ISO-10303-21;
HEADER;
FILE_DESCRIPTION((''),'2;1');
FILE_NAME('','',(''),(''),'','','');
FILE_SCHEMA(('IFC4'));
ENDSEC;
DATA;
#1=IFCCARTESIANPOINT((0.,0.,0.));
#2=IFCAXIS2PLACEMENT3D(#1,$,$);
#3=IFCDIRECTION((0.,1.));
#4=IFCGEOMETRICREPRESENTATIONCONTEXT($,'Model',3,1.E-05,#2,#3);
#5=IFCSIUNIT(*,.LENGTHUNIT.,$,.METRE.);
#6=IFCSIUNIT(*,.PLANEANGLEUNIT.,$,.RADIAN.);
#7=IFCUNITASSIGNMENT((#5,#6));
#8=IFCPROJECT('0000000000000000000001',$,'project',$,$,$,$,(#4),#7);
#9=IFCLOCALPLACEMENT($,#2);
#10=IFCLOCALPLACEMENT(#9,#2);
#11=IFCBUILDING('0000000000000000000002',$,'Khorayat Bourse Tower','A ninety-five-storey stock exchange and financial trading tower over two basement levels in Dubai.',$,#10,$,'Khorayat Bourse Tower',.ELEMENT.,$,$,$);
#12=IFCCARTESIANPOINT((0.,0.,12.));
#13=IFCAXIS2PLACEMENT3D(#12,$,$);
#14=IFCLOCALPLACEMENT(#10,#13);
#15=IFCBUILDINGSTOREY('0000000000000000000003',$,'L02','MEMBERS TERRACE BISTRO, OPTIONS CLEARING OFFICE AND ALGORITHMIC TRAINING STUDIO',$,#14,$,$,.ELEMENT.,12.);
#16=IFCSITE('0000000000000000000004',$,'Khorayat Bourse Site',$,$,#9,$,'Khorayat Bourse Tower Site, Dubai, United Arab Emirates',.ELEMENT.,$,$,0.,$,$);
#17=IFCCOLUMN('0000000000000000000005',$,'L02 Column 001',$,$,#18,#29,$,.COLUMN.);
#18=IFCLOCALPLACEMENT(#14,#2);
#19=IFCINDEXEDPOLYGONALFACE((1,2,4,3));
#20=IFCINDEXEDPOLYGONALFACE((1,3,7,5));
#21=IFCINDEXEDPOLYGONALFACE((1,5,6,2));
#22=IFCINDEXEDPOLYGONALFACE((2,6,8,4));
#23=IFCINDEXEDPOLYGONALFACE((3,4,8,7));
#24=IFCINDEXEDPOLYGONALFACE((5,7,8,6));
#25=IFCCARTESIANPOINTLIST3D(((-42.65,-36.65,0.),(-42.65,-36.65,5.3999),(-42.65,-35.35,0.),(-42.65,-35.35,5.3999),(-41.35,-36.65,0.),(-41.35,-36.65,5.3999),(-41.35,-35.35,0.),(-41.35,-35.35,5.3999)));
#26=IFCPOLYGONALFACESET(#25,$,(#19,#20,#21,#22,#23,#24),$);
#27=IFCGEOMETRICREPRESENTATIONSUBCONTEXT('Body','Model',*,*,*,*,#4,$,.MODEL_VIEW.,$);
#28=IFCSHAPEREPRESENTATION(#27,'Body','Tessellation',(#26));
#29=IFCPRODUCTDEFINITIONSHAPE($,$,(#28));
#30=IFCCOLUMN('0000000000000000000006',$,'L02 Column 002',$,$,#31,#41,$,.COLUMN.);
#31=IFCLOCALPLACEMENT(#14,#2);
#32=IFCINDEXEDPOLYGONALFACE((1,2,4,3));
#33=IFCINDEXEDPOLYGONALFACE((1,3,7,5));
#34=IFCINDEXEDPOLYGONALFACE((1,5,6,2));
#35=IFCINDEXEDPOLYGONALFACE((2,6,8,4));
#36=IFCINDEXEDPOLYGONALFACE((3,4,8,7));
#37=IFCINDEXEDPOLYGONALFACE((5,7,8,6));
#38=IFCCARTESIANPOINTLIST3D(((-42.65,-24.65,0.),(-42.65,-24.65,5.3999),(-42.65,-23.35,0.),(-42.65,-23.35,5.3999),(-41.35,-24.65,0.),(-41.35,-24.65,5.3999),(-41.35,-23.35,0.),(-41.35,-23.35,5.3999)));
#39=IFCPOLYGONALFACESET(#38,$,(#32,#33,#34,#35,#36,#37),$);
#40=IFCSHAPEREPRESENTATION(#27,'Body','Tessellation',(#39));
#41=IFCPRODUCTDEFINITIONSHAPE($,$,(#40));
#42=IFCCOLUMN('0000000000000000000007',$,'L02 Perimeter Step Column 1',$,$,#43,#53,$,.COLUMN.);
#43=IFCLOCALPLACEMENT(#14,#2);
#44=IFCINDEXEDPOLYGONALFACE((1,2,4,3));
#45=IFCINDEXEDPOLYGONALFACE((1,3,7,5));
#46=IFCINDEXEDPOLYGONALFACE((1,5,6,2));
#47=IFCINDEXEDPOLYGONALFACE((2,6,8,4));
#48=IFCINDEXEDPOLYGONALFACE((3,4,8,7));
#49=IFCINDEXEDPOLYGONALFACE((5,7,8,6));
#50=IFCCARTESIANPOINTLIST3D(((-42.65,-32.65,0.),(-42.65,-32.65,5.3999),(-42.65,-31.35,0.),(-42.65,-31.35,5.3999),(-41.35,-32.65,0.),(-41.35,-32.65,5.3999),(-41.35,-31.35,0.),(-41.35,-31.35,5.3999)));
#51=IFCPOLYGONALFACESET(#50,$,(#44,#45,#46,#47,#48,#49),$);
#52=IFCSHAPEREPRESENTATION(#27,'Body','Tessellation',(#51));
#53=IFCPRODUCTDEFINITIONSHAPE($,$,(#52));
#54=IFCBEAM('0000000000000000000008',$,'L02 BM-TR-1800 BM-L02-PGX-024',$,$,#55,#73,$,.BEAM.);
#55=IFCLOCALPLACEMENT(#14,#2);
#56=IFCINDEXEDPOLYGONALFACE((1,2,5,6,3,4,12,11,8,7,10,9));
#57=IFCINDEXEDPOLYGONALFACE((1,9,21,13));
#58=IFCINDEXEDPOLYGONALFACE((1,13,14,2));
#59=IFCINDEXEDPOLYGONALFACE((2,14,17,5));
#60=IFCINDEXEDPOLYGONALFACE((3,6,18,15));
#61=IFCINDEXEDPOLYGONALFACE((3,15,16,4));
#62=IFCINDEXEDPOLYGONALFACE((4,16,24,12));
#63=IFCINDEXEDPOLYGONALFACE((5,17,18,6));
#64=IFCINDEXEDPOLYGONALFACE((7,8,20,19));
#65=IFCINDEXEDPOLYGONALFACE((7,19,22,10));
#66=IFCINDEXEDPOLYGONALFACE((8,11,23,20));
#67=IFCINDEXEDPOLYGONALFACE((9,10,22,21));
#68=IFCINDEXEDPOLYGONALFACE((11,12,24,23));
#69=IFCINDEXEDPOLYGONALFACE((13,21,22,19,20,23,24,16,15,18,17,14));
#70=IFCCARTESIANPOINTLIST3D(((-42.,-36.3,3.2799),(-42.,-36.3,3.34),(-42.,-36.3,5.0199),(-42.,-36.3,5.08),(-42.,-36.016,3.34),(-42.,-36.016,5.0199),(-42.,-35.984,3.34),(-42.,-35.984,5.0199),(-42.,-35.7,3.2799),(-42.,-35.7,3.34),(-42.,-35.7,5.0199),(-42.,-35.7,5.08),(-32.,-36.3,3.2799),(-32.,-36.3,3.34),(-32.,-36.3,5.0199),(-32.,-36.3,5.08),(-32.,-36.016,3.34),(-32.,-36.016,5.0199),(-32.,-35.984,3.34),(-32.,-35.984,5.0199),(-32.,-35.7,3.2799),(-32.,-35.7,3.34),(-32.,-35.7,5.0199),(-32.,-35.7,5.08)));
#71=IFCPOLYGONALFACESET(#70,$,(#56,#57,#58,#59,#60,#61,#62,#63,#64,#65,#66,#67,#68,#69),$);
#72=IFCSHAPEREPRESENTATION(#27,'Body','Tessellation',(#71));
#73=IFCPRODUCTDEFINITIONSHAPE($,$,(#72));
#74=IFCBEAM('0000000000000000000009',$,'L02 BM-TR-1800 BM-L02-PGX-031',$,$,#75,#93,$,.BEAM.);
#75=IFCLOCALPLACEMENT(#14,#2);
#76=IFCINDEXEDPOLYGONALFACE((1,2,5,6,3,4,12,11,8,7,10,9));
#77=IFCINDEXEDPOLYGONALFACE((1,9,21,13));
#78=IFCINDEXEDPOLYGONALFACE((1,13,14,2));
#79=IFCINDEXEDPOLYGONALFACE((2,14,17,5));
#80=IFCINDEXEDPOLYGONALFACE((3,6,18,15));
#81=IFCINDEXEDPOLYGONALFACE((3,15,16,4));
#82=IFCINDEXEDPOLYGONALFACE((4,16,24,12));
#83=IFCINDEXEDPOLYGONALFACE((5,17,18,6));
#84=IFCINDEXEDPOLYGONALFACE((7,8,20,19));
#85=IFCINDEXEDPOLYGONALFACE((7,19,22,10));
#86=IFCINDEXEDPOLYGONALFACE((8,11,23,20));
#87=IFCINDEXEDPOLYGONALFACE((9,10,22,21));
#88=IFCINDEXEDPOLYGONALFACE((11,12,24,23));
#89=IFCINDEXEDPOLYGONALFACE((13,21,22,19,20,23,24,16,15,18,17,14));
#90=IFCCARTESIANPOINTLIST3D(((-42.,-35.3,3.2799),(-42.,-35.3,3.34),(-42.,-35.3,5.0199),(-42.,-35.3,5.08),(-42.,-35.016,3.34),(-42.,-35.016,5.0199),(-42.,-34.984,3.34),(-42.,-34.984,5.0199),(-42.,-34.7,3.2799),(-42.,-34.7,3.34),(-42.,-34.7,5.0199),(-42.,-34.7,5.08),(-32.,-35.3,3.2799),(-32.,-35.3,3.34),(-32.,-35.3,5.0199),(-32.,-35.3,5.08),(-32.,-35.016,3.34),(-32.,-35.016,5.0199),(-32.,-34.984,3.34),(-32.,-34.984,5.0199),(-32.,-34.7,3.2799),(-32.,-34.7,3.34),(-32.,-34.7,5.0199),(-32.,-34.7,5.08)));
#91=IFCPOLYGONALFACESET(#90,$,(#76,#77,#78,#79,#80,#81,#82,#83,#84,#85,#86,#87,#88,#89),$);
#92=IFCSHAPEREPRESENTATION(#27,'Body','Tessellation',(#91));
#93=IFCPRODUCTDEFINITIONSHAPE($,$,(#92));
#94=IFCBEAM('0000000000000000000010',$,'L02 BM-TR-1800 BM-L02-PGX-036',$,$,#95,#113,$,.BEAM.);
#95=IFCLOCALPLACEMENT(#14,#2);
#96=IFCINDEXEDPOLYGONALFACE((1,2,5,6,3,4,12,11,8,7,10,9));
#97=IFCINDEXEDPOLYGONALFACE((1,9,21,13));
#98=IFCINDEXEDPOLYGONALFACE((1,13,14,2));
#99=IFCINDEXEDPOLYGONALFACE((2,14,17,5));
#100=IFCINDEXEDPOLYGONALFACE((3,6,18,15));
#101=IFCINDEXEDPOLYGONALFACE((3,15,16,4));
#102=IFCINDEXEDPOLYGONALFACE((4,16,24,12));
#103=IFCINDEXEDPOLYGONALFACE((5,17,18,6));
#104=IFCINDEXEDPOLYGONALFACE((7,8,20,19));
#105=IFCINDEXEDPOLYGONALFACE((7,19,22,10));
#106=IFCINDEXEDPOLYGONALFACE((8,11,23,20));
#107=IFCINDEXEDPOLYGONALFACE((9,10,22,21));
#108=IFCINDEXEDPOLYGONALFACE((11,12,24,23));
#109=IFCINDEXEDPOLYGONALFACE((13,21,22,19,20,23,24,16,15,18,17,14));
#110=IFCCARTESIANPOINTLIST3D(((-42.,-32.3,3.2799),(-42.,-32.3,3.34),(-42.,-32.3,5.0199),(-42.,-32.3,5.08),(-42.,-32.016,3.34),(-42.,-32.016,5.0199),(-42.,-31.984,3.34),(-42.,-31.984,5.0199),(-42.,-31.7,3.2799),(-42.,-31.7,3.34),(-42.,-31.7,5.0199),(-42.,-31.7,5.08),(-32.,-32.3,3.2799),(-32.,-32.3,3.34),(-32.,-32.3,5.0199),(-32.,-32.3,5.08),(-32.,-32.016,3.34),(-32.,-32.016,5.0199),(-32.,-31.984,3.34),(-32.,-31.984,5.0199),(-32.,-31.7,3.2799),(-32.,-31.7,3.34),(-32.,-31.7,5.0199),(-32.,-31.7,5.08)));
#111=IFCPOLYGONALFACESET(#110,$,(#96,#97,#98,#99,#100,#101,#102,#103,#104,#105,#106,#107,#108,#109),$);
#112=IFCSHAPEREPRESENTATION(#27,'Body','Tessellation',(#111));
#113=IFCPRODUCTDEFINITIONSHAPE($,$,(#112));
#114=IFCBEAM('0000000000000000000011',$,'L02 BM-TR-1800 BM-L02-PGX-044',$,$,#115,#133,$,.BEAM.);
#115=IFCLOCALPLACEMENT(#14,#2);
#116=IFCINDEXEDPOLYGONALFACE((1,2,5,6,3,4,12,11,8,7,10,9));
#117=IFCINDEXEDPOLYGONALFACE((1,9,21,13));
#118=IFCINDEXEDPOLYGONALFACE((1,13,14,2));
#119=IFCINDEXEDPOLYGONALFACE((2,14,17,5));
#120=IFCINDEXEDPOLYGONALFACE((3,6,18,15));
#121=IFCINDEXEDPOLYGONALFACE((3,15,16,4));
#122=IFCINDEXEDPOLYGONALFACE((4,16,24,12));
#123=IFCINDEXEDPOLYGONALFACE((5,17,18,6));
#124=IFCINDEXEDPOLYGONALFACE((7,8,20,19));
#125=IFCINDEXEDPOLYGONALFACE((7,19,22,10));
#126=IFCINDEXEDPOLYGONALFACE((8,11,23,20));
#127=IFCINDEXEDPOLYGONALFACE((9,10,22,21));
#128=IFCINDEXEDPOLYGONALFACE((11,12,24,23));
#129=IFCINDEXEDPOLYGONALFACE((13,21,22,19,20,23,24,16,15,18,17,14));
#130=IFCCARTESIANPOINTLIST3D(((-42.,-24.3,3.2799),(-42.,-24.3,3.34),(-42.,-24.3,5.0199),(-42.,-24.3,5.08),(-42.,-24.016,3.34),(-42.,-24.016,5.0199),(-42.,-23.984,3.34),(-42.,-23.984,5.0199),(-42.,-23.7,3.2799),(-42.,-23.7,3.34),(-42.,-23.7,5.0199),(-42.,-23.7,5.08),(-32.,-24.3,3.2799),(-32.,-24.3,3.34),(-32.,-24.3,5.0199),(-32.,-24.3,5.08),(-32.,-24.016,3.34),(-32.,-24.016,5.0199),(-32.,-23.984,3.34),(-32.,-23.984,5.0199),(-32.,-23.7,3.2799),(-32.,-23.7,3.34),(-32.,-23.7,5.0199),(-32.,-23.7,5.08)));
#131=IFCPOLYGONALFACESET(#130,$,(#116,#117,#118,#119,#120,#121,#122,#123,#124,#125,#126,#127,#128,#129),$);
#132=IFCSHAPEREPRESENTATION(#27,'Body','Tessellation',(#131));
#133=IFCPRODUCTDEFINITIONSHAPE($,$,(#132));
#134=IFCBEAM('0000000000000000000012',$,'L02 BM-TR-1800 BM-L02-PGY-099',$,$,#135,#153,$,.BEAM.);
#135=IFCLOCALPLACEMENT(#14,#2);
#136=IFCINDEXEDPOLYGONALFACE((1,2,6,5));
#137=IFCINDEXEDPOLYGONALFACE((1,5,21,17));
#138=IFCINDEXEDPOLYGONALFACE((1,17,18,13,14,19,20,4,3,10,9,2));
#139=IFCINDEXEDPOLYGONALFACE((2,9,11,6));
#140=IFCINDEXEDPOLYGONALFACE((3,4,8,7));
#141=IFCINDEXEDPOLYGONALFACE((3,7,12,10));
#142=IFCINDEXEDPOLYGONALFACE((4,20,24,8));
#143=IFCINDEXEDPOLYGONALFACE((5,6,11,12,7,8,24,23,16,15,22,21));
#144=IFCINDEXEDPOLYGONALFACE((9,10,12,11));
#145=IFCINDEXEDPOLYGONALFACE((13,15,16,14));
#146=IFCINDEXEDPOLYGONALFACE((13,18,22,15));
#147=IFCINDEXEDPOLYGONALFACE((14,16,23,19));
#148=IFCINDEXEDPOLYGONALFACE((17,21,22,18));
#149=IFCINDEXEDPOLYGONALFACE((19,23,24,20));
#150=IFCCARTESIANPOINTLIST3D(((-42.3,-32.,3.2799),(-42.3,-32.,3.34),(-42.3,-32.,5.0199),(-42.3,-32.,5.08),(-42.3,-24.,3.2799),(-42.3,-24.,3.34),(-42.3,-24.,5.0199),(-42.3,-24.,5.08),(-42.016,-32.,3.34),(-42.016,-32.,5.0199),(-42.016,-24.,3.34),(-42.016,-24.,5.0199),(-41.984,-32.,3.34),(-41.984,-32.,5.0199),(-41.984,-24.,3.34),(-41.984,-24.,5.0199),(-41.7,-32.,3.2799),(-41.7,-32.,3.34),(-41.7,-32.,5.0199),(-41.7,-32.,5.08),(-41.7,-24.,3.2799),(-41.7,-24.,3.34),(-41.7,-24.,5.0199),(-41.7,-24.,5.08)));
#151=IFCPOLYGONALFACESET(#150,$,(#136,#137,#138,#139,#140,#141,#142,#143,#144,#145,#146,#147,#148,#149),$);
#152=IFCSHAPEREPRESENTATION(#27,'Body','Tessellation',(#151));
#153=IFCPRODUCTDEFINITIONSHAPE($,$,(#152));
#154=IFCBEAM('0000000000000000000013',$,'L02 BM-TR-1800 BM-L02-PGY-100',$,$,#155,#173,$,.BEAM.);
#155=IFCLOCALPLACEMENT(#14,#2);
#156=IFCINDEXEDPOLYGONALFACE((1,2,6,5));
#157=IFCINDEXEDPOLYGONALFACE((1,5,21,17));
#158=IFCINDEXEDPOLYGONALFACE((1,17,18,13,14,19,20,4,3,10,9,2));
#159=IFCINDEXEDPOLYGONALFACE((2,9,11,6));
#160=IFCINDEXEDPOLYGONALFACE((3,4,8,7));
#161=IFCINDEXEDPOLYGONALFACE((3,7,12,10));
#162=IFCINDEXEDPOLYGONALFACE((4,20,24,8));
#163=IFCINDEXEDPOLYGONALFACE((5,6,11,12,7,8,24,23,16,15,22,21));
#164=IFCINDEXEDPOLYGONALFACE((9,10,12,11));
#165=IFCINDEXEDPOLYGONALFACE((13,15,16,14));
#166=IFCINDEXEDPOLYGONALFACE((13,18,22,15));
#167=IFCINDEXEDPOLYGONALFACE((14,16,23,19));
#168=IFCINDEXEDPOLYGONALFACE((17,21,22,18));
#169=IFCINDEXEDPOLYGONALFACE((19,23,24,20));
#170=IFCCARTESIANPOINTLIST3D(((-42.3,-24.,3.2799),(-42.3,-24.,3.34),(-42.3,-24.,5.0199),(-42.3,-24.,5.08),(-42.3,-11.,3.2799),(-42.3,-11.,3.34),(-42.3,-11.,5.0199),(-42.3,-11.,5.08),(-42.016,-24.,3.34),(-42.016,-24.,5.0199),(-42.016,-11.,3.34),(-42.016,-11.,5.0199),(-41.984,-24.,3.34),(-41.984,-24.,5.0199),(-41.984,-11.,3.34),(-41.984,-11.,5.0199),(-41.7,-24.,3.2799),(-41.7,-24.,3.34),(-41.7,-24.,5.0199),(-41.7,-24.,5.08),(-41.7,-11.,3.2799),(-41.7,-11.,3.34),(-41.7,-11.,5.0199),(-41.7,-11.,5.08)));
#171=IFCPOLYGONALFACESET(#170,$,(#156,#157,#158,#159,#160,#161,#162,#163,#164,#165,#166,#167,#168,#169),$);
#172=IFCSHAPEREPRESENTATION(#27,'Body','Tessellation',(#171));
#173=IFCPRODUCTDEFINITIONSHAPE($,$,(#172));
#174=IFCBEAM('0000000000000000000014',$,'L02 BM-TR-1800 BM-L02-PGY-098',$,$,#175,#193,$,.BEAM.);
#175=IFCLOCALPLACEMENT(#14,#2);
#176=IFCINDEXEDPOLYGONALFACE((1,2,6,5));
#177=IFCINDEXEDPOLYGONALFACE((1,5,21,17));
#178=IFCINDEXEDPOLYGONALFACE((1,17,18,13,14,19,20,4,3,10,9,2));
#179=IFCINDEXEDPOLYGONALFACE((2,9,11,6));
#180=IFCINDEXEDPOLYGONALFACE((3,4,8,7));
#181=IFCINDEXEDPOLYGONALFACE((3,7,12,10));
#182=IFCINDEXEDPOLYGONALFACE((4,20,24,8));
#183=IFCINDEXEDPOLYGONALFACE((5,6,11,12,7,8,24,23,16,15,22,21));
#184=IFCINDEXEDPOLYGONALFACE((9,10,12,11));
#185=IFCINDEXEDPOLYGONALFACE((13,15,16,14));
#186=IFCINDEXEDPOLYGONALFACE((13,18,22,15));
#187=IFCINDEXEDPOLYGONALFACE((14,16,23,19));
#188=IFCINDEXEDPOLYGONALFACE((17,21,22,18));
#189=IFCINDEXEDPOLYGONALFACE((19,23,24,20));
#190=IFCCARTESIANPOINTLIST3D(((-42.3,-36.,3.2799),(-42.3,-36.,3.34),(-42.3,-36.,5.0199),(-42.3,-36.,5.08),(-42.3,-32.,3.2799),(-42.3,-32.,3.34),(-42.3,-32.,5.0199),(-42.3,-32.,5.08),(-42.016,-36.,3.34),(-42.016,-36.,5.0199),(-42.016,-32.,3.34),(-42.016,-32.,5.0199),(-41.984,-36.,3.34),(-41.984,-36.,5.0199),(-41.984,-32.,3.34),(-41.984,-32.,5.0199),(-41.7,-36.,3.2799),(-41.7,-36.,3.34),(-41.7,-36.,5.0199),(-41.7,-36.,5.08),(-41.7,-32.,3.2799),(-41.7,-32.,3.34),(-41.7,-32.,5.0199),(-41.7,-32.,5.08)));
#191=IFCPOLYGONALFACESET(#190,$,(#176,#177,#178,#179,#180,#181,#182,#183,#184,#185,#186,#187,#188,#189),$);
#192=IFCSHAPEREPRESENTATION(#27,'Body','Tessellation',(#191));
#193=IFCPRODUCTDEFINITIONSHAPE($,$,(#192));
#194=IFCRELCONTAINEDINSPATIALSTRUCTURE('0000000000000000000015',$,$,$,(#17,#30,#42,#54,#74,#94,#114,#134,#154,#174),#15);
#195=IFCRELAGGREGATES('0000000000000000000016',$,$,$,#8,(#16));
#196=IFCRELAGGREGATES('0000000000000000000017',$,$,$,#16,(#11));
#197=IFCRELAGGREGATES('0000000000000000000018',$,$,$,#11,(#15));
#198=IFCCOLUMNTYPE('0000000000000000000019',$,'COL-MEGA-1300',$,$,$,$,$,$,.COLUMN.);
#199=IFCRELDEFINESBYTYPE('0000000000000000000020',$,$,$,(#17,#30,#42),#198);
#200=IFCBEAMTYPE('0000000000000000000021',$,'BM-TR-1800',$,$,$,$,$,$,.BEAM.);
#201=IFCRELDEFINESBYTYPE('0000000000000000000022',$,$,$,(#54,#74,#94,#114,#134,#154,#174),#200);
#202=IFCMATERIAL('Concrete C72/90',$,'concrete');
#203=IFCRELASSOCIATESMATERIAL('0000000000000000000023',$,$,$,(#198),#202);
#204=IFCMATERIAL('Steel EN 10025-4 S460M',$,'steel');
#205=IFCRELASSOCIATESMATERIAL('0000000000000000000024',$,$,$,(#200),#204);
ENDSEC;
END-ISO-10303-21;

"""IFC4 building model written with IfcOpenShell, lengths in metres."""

from ifc_helpers import new_model, si_unit, direction, frame, origin, origin_2d, place, context, subcontext, project, spatial, rectangle, i_section, extrude, source, transform, mapped, material, material_profile, profile_set, type_object, element, save


model = new_model("IFC4")

# Units and contexts
model_context = context("Model", 3, precision=1e-05, world=origin(), true_north=direction((0.0, 1.0)))
body_context = subcontext(model_context, "Body", "Model", "MODEL_VIEW")
ifc_project = project(units=[si_unit("LENGTHUNIT", "METRE"), si_unit("PLANEANGLEUNIT", "RADIAN")], contexts=[model_context])

# Site, building, storey
site_placement = place(None, origin())
site = spatial("IfcSite", under=ifc_project, at=site_placement, Name="Khorayat Bourse Site", LongName="Khorayat Bourse Tower Site, Dubai, United Arab Emirates", CompositionType="ELEMENT", RefElevation=0.0)
building_placement = place(site_placement, origin())
building = spatial("IfcBuilding", under=site, at=building_placement, Name="Khorayat Bourse Tower", Description="A ninety-five-storey stock exchange and financial trading tower over two basement levels in Dubai.", LongName="Khorayat Bourse Tower", CompositionType="ELEMENT")
storey_placement = place(building_placement, frame((0.0, 0.0, 12.0)))
storey = spatial("IfcBuildingStorey", under=building, at=storey_placement, Name="L02", Description="MEMBERS TERRACE BISTRO, OPTIONS CLEARING OFFICE AND ALGORITHMIC TRAINING STUDIO", CompositionType="ELEMENT", Elevation=12.0)

# Columns
ifc_material_1 = material(Name="Concrete C72/90", Category="concrete")
ifc_material_profile_1 = material_profile(ifc_material_1, rectangle(XDim=1.3, YDim=1.3, at=origin_2d()), Name="RC 1300x1300")
ifc_profile_set_1 = profile_set([ifc_material_profile_1], Name="Concrete C72/90")
column_type = type_object("IfcColumnType", Name="COL-MEGA-1300", PredefinedType="COLUMN", material=ifc_profile_set_1)
shared_shape_1 = source(origin(), body_context, "Body", "SweptSolid", [
    extrude(rectangle(XDim=1.3, YDim=1.3, at=origin_2d()), origin(), (0.0, 0.0, 1.0), 5.3999),
])
for number, where, z_axis, x_axis, name in (
    (1, (-42.0, -36.0, 0.0), (0.0, 0.0, 1.0), (1.0, 0.0, 0.0), "L02 Column 001"),
    (2, (-42.0, -24.0, 0.0), (0.0, 0.0, 1.0), (1.0, 0.0, 0.0), "L02 Column 002"),
    (3, (-42.0, -32.0, 0.0), (0.0, 0.0, 1.0), (1.0, 0.0, 0.0), "L02 Perimeter Step Column 1"),
):
    element("IfcColumn", number, at=place(storey_placement, frame(where, z_axis=z_axis, x_axis=x_axis)), inside=storey, type_object=column_type, Name=name, PredefinedType="COLUMN", context=body_context, shape_type="MappedRepresentation", body=[
        mapped(shared_shape_1, transform((0.0, 0.0, 0.0), scale=1.0)),
    ])

# Beams
ifc_material_2 = material(Name="Steel EN 10025-4 S460M", Category="steel")
ifc_material_profile_2 = material_profile(ifc_material_2, i_section(OverallWidth=0.6001, OverallDepth=1.8, WebThickness=0.032, FlangeThickness=0.0601, at=origin_2d()), Name="PG 1800x600x32x60")
ifc_profile_set_2 = profile_set([ifc_material_profile_2], Name="Steel EN 10025-4 S460M")
beam_type_1 = type_object("IfcBeamType", Name="BM-TR-1800", PredefinedType="BEAM", material=ifc_profile_set_2)
shared_shape_2 = source(origin(), body_context, "Body", "SweptSolid", [
    extrude(i_section(OverallWidth=0.6001, OverallDepth=1.8, WebThickness=0.032, FlangeThickness=0.0601, at=origin_2d()), origin(), (0.0, 0.0, 1.0), 10.0),
])
for number, where, z_axis, x_axis, name in (
    (4, (-42.0, -36.0, 4.1799), (1.0, 0.0, 0.0), (0.0, 1.0, 0.0), "L02 BM-TR-1800 BM-L02-PGX-024"),
    (5, (-42.0, -35.0, 4.1799), (1.0, 0.0, 0.0), (0.0, 1.0, 0.0), "L02 BM-TR-1800 BM-L02-PGX-031"),
    (6, (-42.0, -32.0, 4.1799), (1.0, 0.0, 0.0), (0.0, 1.0, 0.0), "L02 BM-TR-1800 BM-L02-PGX-036"),
    (7, (-42.0, -24.0, 4.1799), (1.0, 0.0, 0.0), (0.0, 1.0, 0.0), "L02 BM-TR-1800 BM-L02-PGX-044"),
):
    element("IfcBeam", number, at=place(storey_placement, frame(where, z_axis=z_axis, x_axis=x_axis)), inside=storey, type_object=beam_type_1, Name=name, PredefinedType="BEAM", context=body_context, shape_type="MappedRepresentation", body=[
        mapped(shared_shape_2, transform((0.0, 0.0, 0.0), scale=1.0)),
    ])
shared_shape_3 = source(origin(), body_context, "Body", "SweptSolid", [
    extrude(i_section(OverallWidth=0.6001, OverallDepth=1.8, WebThickness=0.032, FlangeThickness=0.0601, at=origin_2d()), origin(), (0.0, 0.0, 1.0), 8.0),
])
beam_1_placement = place(storey_placement, frame((-42.0, -32.0, 4.1799), z_axis=(0.0, 1.0, 0.0), x_axis=(-1.0, 0.0, 0.0)))
element("IfcBeam", 8, at=beam_1_placement, inside=storey, type_object=beam_type_1, Name="L02 BM-TR-1800 BM-L02-PGY-099", PredefinedType="BEAM", context=body_context, shape_type="MappedRepresentation", body=[
    mapped(shared_shape_3, transform((0.0, 0.0, 0.0), scale=1.0)),
])
shared_shape_4 = source(origin(), body_context, "Body", "SweptSolid", [
    extrude(i_section(OverallWidth=0.6001, OverallDepth=1.8, WebThickness=0.032, FlangeThickness=0.0601, at=origin_2d()), origin(), (0.0, 0.0, 1.0), 13.0),
])
beam_2_placement = place(storey_placement, frame((-42.0, -24.0, 4.1799), z_axis=(0.0, 1.0, 0.0), x_axis=(-1.0, 0.0, 0.0)))
element("IfcBeam", 9, at=beam_2_placement, inside=storey, type_object=beam_type_1, Name="L02 BM-TR-1800 BM-L02-PGY-100", PredefinedType="BEAM", context=body_context, shape_type="MappedRepresentation", body=[
    mapped(shared_shape_4, transform((0.0, 0.0, 0.0), scale=1.0)),
])
shared_shape_5 = source(origin(), body_context, "Body", "SweptSolid", [
    extrude(i_section(OverallWidth=0.6001, OverallDepth=1.8, WebThickness=0.032, FlangeThickness=0.0601, at=origin_2d()), origin(), (0.0, 0.0, 1.0), 4.0),
])
beam_3_placement = place(storey_placement, frame((-42.0, -36.0, 4.1799), z_axis=(0.0, 1.0, 0.0), x_axis=(-1.0, 0.0, 0.0)))
element("IfcBeam", 10, at=beam_3_placement, inside=storey, type_object=beam_type_1, Name="L02 BM-TR-1800 BM-L02-PGY-098", PredefinedType="BEAM", context=body_context, shape_type="MappedRepresentation", body=[
    mapped(shared_shape_5, transform((0.0, 0.0, 0.0), scale=1.0)),
])

save(model, "model.ifc")
